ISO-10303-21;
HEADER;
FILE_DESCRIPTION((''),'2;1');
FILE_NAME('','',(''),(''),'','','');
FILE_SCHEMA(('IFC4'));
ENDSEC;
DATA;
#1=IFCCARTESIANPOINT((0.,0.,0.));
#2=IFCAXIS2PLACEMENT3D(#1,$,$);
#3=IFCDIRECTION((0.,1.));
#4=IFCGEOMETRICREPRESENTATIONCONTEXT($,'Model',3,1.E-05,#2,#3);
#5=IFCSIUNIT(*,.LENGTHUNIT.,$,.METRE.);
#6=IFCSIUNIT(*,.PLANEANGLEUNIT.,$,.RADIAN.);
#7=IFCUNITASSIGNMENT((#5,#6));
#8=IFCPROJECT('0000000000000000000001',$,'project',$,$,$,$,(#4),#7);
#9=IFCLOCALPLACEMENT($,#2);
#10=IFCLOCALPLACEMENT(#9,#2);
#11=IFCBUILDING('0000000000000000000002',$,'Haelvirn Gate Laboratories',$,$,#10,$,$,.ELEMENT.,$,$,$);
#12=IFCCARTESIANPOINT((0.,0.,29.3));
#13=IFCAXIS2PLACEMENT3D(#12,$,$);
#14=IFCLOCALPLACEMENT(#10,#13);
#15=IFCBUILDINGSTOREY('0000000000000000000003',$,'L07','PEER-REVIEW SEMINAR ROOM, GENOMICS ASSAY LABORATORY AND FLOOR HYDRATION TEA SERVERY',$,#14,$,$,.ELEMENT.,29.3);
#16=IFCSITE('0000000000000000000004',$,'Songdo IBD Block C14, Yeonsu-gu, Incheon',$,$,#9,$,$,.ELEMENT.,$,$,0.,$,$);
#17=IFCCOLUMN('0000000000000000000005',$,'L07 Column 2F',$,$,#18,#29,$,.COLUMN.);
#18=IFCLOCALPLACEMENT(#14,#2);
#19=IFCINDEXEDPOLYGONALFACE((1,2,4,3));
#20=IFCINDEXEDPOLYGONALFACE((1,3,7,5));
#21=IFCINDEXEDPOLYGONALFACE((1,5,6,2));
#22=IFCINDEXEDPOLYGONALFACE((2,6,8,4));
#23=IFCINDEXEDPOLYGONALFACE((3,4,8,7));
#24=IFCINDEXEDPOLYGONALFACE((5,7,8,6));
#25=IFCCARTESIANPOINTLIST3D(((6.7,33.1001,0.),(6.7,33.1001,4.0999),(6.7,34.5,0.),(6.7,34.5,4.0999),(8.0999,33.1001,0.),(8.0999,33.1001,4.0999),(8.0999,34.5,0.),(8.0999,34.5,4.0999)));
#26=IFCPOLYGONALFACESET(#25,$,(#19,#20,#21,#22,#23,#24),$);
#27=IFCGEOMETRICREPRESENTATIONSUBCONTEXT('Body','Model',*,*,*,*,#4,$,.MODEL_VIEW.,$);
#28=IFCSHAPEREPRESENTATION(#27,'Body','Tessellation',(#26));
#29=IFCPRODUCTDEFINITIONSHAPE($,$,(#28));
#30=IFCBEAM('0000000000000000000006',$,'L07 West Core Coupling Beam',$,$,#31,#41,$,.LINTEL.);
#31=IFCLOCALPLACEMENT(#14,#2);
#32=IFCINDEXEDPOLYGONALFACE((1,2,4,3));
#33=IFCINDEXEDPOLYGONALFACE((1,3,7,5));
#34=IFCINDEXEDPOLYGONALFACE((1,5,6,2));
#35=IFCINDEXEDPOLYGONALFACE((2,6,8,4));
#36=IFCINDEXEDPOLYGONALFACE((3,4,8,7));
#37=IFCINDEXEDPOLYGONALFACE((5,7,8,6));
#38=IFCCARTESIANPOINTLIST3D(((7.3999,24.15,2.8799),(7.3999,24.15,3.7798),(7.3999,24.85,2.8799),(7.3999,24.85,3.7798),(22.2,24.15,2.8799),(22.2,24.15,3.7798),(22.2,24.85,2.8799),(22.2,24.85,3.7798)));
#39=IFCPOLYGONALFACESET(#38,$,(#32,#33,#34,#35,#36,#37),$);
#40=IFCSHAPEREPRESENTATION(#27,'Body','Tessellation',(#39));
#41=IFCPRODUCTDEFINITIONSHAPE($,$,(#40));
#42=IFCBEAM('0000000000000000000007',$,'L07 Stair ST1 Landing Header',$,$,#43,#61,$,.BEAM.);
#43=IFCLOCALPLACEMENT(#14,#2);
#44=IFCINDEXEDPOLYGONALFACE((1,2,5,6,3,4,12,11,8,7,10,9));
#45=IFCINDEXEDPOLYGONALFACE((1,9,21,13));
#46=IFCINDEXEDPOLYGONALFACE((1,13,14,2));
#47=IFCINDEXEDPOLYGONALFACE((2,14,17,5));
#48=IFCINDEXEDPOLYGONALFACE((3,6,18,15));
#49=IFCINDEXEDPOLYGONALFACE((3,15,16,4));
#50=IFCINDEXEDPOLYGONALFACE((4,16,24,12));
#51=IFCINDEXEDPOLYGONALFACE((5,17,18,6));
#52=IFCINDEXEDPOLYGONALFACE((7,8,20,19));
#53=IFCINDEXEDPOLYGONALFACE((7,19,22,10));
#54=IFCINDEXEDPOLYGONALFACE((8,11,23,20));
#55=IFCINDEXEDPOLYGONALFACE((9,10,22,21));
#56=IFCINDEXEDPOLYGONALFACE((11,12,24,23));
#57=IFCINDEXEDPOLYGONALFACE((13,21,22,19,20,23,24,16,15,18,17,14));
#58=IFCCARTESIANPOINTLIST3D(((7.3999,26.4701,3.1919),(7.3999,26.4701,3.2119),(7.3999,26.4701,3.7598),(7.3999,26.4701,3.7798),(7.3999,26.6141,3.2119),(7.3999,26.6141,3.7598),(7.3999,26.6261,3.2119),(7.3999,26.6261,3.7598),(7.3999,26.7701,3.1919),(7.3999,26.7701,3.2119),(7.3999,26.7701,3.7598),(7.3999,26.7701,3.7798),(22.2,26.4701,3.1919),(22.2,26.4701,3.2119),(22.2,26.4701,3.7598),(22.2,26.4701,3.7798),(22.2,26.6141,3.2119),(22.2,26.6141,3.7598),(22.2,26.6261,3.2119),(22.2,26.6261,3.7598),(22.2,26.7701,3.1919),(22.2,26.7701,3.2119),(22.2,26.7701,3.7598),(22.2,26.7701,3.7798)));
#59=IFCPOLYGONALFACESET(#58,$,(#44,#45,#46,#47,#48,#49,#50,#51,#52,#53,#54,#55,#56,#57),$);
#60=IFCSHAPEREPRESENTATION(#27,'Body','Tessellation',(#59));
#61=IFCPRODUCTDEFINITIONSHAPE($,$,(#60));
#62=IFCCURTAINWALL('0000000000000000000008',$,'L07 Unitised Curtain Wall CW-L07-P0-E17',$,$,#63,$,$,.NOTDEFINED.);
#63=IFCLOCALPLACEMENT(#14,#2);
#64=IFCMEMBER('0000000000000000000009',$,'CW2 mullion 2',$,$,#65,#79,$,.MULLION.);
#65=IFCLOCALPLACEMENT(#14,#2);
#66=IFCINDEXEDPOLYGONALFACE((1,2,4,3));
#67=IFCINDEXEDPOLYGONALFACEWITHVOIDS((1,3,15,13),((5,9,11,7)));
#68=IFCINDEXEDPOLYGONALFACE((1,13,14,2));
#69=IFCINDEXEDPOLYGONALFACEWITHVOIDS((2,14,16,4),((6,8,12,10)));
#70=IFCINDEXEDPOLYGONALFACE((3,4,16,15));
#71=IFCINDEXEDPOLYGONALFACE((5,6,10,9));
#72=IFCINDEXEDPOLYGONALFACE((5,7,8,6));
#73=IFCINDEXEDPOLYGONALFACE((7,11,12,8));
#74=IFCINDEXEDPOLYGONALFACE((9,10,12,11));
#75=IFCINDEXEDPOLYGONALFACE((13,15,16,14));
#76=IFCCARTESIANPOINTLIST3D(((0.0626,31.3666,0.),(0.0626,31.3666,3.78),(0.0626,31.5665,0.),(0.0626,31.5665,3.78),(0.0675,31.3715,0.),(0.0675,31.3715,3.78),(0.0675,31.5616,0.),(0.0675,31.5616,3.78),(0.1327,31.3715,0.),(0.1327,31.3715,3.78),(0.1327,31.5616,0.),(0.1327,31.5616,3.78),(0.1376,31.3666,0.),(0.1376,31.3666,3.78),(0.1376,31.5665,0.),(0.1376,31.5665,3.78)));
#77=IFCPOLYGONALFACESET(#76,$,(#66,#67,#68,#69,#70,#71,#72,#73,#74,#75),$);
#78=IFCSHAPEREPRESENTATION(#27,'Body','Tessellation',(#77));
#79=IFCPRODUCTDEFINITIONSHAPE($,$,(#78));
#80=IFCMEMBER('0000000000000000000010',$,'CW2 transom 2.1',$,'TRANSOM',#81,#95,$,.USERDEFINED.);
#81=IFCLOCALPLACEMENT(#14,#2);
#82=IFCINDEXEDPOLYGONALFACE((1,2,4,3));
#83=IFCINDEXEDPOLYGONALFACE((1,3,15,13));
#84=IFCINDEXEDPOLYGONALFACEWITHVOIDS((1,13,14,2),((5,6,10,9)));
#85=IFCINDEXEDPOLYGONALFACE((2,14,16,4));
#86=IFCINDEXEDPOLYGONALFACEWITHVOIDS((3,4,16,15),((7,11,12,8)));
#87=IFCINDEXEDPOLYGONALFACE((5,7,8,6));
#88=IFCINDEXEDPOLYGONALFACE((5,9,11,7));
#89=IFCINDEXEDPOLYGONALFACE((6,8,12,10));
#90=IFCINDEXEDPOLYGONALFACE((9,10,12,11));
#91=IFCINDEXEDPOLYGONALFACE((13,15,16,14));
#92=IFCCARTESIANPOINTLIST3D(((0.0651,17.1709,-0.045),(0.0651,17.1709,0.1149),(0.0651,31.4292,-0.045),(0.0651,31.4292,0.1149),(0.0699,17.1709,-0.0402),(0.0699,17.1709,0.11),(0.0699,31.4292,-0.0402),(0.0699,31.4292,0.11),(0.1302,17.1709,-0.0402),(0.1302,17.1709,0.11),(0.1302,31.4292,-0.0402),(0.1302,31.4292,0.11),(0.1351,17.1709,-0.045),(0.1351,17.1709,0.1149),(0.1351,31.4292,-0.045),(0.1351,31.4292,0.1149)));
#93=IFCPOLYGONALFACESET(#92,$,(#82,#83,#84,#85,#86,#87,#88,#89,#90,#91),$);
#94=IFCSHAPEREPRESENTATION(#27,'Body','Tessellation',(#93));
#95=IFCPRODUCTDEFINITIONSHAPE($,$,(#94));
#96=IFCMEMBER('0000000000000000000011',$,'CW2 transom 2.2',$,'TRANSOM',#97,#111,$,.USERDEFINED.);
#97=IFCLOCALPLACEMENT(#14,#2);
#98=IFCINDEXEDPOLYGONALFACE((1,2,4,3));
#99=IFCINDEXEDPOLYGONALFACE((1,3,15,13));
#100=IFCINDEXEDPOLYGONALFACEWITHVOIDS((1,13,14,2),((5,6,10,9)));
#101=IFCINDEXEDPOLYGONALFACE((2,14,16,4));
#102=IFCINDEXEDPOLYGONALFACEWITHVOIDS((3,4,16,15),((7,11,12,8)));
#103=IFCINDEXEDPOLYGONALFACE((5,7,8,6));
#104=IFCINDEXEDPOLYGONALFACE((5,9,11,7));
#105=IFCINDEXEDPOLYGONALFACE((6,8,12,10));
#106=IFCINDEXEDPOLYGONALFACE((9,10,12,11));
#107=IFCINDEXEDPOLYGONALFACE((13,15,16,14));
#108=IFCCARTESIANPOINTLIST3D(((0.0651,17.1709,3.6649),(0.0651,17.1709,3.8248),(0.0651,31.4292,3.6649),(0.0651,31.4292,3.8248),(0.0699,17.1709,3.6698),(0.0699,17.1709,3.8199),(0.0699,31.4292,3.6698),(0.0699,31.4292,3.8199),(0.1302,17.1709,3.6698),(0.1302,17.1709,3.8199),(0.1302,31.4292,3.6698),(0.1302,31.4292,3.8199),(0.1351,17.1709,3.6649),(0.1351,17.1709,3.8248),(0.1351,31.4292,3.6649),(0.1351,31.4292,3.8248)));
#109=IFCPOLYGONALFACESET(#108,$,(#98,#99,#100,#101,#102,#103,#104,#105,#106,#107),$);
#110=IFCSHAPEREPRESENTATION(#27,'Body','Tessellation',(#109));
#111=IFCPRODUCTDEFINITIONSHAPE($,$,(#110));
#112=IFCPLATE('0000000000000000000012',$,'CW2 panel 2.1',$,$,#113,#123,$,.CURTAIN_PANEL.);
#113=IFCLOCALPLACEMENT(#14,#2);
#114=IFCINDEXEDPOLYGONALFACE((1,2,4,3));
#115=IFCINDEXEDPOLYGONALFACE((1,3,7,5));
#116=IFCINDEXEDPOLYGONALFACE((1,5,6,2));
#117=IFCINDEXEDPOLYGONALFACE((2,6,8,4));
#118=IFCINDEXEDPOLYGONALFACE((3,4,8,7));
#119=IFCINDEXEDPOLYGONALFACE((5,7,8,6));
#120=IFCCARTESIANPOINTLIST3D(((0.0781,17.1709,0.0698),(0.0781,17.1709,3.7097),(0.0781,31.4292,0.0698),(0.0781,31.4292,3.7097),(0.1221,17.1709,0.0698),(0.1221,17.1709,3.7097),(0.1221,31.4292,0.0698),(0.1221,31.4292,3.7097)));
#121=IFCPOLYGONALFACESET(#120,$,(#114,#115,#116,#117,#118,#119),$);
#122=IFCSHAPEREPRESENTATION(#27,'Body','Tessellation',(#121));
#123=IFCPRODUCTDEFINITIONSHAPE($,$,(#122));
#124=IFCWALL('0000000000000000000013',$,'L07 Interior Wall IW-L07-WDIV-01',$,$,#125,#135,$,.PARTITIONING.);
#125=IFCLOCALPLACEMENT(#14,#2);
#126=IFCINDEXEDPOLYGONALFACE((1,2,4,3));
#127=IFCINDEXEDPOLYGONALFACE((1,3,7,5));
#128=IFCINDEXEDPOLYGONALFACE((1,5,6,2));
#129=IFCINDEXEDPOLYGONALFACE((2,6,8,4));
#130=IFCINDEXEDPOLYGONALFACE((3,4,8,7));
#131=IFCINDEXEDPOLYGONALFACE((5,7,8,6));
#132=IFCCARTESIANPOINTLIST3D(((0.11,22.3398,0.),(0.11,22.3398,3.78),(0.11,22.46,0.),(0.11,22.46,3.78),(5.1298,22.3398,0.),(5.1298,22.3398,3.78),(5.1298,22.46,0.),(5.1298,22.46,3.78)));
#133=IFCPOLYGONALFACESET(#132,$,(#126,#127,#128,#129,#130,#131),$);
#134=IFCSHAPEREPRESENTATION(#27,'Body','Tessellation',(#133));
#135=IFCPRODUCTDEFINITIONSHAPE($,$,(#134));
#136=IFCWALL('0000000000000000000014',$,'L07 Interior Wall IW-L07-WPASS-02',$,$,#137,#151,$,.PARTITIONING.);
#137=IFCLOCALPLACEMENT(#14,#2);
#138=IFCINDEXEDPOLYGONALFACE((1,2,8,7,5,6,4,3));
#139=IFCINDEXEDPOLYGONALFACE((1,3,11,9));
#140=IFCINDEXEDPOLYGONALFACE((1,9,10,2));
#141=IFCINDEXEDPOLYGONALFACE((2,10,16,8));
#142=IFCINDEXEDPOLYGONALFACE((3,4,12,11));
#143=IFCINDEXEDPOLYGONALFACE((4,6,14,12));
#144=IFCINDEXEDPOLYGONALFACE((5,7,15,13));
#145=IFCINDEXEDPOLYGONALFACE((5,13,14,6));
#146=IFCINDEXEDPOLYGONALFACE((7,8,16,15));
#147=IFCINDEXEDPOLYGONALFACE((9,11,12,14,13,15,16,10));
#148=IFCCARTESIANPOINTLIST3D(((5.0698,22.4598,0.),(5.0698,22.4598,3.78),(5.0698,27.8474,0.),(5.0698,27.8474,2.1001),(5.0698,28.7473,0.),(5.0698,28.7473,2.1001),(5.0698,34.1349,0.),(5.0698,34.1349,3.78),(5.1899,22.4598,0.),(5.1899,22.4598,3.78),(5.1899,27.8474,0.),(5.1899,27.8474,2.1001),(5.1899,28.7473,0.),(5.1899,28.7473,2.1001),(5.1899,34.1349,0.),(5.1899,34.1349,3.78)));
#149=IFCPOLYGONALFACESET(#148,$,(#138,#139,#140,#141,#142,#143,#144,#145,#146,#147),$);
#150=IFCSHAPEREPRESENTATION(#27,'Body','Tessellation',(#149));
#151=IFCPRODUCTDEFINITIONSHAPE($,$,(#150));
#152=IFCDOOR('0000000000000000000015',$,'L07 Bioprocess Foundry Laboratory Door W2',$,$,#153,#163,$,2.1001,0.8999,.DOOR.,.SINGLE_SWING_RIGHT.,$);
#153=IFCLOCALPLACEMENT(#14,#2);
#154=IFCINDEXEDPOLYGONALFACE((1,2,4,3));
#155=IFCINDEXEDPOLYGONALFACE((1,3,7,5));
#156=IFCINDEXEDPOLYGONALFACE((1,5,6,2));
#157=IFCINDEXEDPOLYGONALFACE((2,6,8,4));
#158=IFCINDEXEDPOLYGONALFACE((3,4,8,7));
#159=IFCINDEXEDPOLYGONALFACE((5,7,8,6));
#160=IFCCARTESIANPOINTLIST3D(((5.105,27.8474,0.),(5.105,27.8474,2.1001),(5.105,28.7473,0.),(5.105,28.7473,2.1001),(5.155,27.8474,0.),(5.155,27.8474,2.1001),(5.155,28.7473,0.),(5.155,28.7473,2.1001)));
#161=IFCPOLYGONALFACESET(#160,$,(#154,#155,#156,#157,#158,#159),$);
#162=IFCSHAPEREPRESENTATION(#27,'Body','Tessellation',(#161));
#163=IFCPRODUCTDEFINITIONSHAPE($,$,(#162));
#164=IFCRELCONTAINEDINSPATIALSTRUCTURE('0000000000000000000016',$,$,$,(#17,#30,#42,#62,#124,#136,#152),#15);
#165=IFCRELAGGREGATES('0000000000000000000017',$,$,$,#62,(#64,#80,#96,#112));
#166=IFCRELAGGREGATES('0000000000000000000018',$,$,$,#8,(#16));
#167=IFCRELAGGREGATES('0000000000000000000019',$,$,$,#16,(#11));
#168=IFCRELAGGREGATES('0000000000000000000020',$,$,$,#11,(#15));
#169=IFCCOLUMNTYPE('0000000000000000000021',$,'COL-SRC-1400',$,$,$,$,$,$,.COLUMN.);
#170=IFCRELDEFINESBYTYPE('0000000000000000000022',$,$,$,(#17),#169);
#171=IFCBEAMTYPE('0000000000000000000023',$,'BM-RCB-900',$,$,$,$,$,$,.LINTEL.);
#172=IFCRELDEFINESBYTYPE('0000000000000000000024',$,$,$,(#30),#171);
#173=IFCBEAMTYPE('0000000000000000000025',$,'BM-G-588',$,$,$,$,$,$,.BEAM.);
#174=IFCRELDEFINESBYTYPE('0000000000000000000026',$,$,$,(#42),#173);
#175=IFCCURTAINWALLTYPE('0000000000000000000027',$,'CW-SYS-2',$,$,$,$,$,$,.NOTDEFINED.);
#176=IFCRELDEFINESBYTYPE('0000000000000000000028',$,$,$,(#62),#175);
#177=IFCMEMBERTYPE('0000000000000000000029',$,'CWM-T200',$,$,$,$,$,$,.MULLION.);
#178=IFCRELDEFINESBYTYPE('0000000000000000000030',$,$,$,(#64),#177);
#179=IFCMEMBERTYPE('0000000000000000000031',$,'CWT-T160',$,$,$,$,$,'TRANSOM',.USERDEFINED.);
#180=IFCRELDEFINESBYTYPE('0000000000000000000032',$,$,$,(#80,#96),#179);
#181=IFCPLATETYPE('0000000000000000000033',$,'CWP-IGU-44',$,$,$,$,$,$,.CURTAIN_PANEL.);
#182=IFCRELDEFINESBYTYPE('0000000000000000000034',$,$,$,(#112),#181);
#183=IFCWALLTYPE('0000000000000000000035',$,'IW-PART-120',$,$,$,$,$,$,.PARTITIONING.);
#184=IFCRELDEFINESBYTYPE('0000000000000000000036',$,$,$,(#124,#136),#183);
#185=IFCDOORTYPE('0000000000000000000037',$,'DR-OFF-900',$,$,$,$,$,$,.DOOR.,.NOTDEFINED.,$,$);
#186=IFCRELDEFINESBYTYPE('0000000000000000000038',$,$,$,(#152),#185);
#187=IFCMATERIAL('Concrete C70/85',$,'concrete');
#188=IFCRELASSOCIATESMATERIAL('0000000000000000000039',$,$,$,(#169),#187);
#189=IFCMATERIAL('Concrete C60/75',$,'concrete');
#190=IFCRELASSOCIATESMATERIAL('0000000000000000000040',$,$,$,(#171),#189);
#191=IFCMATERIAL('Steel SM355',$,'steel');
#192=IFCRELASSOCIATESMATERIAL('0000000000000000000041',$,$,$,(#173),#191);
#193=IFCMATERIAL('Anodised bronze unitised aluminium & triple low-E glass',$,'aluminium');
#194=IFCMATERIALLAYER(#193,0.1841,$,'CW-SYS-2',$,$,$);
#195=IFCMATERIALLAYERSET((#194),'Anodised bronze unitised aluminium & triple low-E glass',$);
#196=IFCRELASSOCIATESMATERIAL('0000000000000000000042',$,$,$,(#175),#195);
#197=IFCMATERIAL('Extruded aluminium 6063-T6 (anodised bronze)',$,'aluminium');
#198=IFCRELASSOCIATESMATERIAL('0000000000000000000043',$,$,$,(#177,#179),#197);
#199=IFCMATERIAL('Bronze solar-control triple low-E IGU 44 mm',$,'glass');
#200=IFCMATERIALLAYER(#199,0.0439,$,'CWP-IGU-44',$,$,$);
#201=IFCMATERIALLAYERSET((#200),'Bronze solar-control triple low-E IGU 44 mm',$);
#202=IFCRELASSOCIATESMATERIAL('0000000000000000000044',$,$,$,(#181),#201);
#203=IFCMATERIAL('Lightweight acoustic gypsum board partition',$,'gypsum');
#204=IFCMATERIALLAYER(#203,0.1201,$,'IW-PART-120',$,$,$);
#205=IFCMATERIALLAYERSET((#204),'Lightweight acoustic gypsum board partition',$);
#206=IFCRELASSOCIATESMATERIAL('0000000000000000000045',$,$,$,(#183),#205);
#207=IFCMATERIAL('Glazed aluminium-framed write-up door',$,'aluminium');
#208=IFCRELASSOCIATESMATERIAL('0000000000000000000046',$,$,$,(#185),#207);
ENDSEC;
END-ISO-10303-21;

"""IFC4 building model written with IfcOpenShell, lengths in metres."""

from ifc_helpers import new_model, si_unit, direction, frame, frame_2d, origin, origin_2d, place, context, subcontext, project, spatial, rectangle, hollow_rectangle, i_section, extrude, source, transform, mapped, material, layer, layer_set, material_profile, profile_set, type_object, type_shapes, element, fill, aggregate, save


model = new_model("IFC4")

# Units and contexts
model_context = context("Model", 3, precision=1e-05, world=origin(), true_north=direction((0.0, 1.0)))
body_context = subcontext(model_context, "Body", "Model", "MODEL_VIEW")
ifc_project = project(units=[si_unit("LENGTHUNIT", "METRE"), si_unit("PLANEANGLEUNIT", "RADIAN")], contexts=[model_context])

# Site, building, storey
site_placement = place(None, origin())
site = spatial("IfcSite", under=ifc_project, at=site_placement, Name="Songdo IBD Block C14, Yeonsu-gu, Incheon", CompositionType="ELEMENT", RefElevation=0.0)
building_placement = place(site_placement, origin())
building = spatial("IfcBuilding", under=site, at=building_placement, Name="Haelvirn Gate Laboratories", CompositionType="ELEMENT")
storey_placement = place(building_placement, frame((0.0, 0.0, 29.3)))
storey = spatial("IfcBuildingStorey", under=building, at=storey_placement, Name="L07", Description="PEER-REVIEW SEMINAR ROOM, GENOMICS ASSAY LABORATORY AND FLOOR HYDRATION TEA SERVERY", CompositionType="ELEMENT", Elevation=29.3)

# Column
ifc_material_1 = material(Name="Concrete C70/85", Category="concrete")
ifc_material_profile_1 = material_profile(ifc_material_1, rectangle(XDim=1.3999, YDim=1.3999, at=origin_2d()), Name="SRC-1400x1400")
ifc_profile_set_1 = profile_set([ifc_material_profile_1], Name="Concrete C70/85")
column_type = type_object("IfcColumnType", Name="COL-SRC-1400", PredefinedType="COLUMN", material=ifc_profile_set_1)
shared_shape_1 = source(origin(), body_context, "Body", "SweptSolid", [
    extrude(rectangle(XDim=1.3999, YDim=1.3999, at=origin_2d()), origin(), (0.0, 0.0, 1.0), 4.0999),
])
type_shapes(column_type, [shared_shape_1])
column_placement = place(storey_placement, frame((7.3999, 33.8, 0.0), z_axis=(0.0, 0.0, 1.0), x_axis=(1.0, 0.0, 0.0)))
element("IfcColumn", 1, at=column_placement, inside=storey, type_object=column_type, Name="L07 Column 2F", PredefinedType="COLUMN", context=body_context, shape_type="MappedRepresentation", body=[
    mapped(shared_shape_1, transform((0.0, 0.0, 0.0), scale=1.0)),
])

# Beams
ifc_material_2 = material(Name="Concrete C60/75", Category="concrete")
ifc_material_profile_2 = material_profile(ifc_material_2, rectangle(XDim=0.7, YDim=0.8999, at=origin_2d()), Name="RCB-700x900")
ifc_profile_set_2 = profile_set([ifc_material_profile_2], Name="Concrete C60/75")
beam_type_1 = type_object("IfcBeamType", Name="BM-RCB-900", PredefinedType="LINTEL", material=ifc_profile_set_2)
shared_shape_2 = source(origin(), body_context, "Body", "SweptSolid", [
    extrude(rectangle(XDim=0.7, YDim=0.8999, at=origin_2d()), origin(), (0.0, 0.0, 1.0), 14.8),
])
type_shapes(beam_type_1, [shared_shape_2])
beam_1_placement = place(storey_placement, frame((7.3999, 24.5, 3.3298), z_axis=(1.0, 0.0, 0.0), x_axis=(0.0, 1.0, 0.0)))
element("IfcBeam", 2, at=beam_1_placement, inside=storey, type_object=beam_type_1, Name="L07 West Core Coupling Beam", PredefinedType="LINTEL", context=body_context, shape_type="MappedRepresentation", body=[
    mapped(shared_shape_2, transform((0.0, 0.0, 0.0), scale=1.0)),
])
ifc_material_3 = material(Name="Steel SM355", Category="steel")
ifc_material_profile_3 = material_profile(ifc_material_3, i_section(OverallWidth=0.3, OverallDepth=0.5879, WebThickness=0.012, FlangeThickness=0.02, at=origin_2d()), Name="H-588x300x12x20")
ifc_profile_set_3 = profile_set([ifc_material_profile_3], Name="Steel SM355")
beam_type_2 = type_object("IfcBeamType", Name="BM-G-588", PredefinedType="BEAM", material=ifc_profile_set_3)
shared_shape_3 = source(origin(), body_context, "Body", "SweptSolid", [
    extrude(i_section(OverallWidth=0.3, OverallDepth=0.5879, WebThickness=0.012, FlangeThickness=0.02, at=origin_2d()), origin(), (0.0, 0.0, 1.0), 14.8),
])
type_shapes(beam_type_2, [shared_shape_3])
beam_2_placement = place(storey_placement, frame((7.3999, 26.6201, 3.4858), z_axis=(1.0, 0.0, 0.0), x_axis=(0.0, 1.0, 0.0)))
element("IfcBeam", 3, at=beam_2_placement, inside=storey, type_object=beam_type_2, Name="L07 Stair ST1 Landing Header", PredefinedType="BEAM", context=body_context, shape_type="MappedRepresentation", body=[
    mapped(shared_shape_3, transform((0.0, 0.0, 0.0), scale=1.0)),
])

# Curtain wall, members, plate
ifc_material_4 = material(Name="Anodised bronze unitised aluminium & triple low-E glass", Category="aluminium")
ifc_layer_1 = layer(ifc_material_4, 0.1841, Name="CW-SYS-2")
ifc_layer_set_1 = layer_set([ifc_layer_1], Name="Anodised bronze unitised aluminium & triple low-E glass")
curtain_wall_type = type_object("IfcCurtainWallType", Name="CW-SYS-2", PredefinedType="NOTDEFINED", material=ifc_layer_set_1)
curtain_wall_placement = place(storey_placement, origin())
curtain_wall = element("IfcCurtainWall", 4, at=curtain_wall_placement, inside=storey, type_object=curtain_wall_type, Name="L07 Unitised Curtain Wall CW-L07-P0-E17", PredefinedType="NOTDEFINED")
ifc_material_5 = material(Name="Extruded aluminium 6063-T6 (anodised bronze)", Category="aluminium")
ifc_material_profile_4 = material_profile(ifc_material_5, hollow_rectangle(XDim=0.075, YDim=0.2, WallThickness=0.0049, at=origin_2d()), Name="CWM-200x75x5")
ifc_profile_set_4 = profile_set([ifc_material_profile_4], Name="Extruded aluminium 6063-T6 (anodised bronze)")
member_type_1 = type_object("IfcMemberType", Name="CWM-T200", PredefinedType="MULLION", material=ifc_profile_set_4)
shared_shape_4 = source(origin(), body_context, "Body", "SweptSolid", [
    extrude(hollow_rectangle(XDim=0.075, YDim=0.2, WallThickness=0.0049, at=origin_2d()), origin(), (0.0, 0.0, 1.0), 3.78),
])
type_shapes(member_type_1, [shared_shape_4])
member_1_placement = place(storey_placement, frame((0.1001, 31.4666, 0.0), z_axis=(0.0, 0.0, 1.0), x_axis=(1.0, 0.0, 0.0)))
member_1 = element("IfcMember", 5, at=member_1_placement, type_object=member_type_1, Name="CW2 mullion 2", PredefinedType="MULLION", context=body_context, shape_type="MappedRepresentation", body=[
    mapped(shared_shape_4, transform((0.0, 0.0, 0.0), scale=1.0)),
])
ifc_material_profile_5 = material_profile(ifc_material_5, hollow_rectangle(XDim=0.0701, YDim=0.1599, WallThickness=0.0049, at=origin_2d()), Name="CWT-160x70x5")
ifc_profile_set_5 = profile_set([ifc_material_profile_5], Name="Extruded aluminium 6063-T6 (anodised bronze)")
member_type_2 = type_object("IfcMemberType", Name="CWT-T160", ElementType="TRANSOM", PredefinedType="USERDEFINED", material=ifc_profile_set_5)
shared_shape_5 = source(origin(), body_context, "Body", "SweptSolid", [
    extrude(hollow_rectangle(XDim=0.0701, YDim=0.1599, WallThickness=0.0049, at=origin_2d()), origin(), (0.0, 0.0, 1.0), 14.2583),
])
type_shapes(member_type_2, [shared_shape_5])
member_2_placement = place(storey_placement, frame((0.1001, 31.4292, 0.0349), z_axis=(0.0, -1.0, 0.0), x_axis=(1.0, 0.0, 0.0)))
member_2 = element("IfcMember", 6, at=member_2_placement, type_object=member_type_2, Name="CW2 transom 2.1", ObjectType="TRANSOM", PredefinedType="USERDEFINED", context=body_context, shape_type="MappedRepresentation", body=[
    mapped(shared_shape_5, transform((0.0, 0.0, 0.0), scale=1.0)),
])
member_3_placement = place(storey_placement, frame((0.1001, 31.4292, 3.7449), z_axis=(0.0, -1.0, 0.0), x_axis=(1.0, 0.0, 0.0)))
member_3 = element("IfcMember", 7, at=member_3_placement, type_object=member_type_2, Name="CW2 transom 2.2", ObjectType="TRANSOM", PredefinedType="USERDEFINED", context=body_context, shape_type="MappedRepresentation", body=[
    mapped(shared_shape_5, transform((0.0, 0.0, 0.0), scale=1.0)),
])
ifc_material_6 = material(Name="Bronze solar-control triple low-E IGU 44 mm", Category="glass")
ifc_layer_2 = layer(ifc_material_6, 0.0439, Name="CWP-IGU-44")
ifc_layer_set_2 = layer_set([ifc_layer_2], Name="Bronze solar-control triple low-E IGU 44 mm")
plate_type = type_object("IfcPlateType", Name="CWP-IGU-44", PredefinedType="CURTAIN_PANEL", material=ifc_layer_set_2)
shared_shape_6 = source(origin(), body_context, "Body", "SweptSolid", [
    extrude(rectangle(XDim=14.2583, YDim=0.0439, at=origin_2d()), origin(), (0.0, 0.0, 1.0), 3.6399),
])
type_shapes(plate_type, [shared_shape_6])
plate_placement = place(storey_placement, frame((0.1001, 24.3, 0.0698), z_axis=(0.0, 0.0, 1.0), x_axis=(0.0, -1.0, 0.0)))
plate = element("IfcPlate", 8, at=plate_placement, type_object=plate_type, Name="CW2 panel 2.1", PredefinedType="CURTAIN_PANEL", context=body_context, shape_type="MappedRepresentation", body=[
    mapped(shared_shape_6, transform((0.0, 0.0, 0.0), scale=1.0)),
])
aggregate(curtain_wall, [member_1, member_2, member_3, plate])

# Wall
ifc_material_7 = material(Name="Lightweight acoustic gypsum board partition", Category="gypsum")
ifc_layer_3 = layer(ifc_material_7, 0.1201, Name="IW-PART-120")
ifc_layer_set_3 = layer_set([ifc_layer_3], Name="Lightweight acoustic gypsum board partition")
wall_type_1 = type_object("IfcWallType", Name="IW-PART-120", PredefinedType="PARTITIONING", material=ifc_layer_set_3)
wall_1_placement = place(storey_placement, frame((0.1101, 22.3999, 0.0), z_axis=(0.0, 0.0, 1.0), x_axis=(1.0, 0.0, 0.0)))
element("IfcWall", 9, at=wall_1_placement, inside=storey, type_object=wall_type_1, Name="L07 Interior Wall IW-L07-WDIV-01", PredefinedType="PARTITIONING", context=body_context, shape_type="SweptSolid", body=[
    extrude(rectangle(XDim=5.0198, YDim=0.1201, at=frame_2d((2.5098, 0.0))), origin(), (0.0, 0.0, 1.0), 3.78),
])

# Wall, opening, door
wall_2_placement = place(storey_placement, frame((5.1299, 22.46, 0.0), z_axis=(0.0, 0.0, 1.0), x_axis=(0.0, 1.0, 0.0)))
wall_2 = element("IfcWall", 10, at=wall_2_placement, inside=storey, type_object=wall_type_1, Name="L07 Interior Wall IW-L07-WPASS-02", PredefinedType="PARTITIONING", context=body_context, shape_type="SweptSolid", body=[
    extrude(rectangle(XDim=11.675, YDim=0.1201, at=frame_2d((5.8374, 0.0))), origin(), (0.0, 0.0, 1.0), 3.78),
])
opening_1_placement = place(wall_2_placement, frame((5.3875, 0.0, 0.0)))
opening_1 = element("IfcOpeningElement", 11, at=opening_1_placement, cuts=wall_2, PredefinedType="OPENING", context=body_context, shape_type="SweptSolid", body=[
    extrude(rectangle(XDim=0.8999, YDim=2.1001, at=frame_2d((0.45, 1.05))), frame((0.0, 0.0701, 0.0), z_axis=(0.0, -1.0, 0.0), x_axis=(1.0, 0.0, 0.0)), (0.0, 0.0, 1.0), 0.1401),
])
ifc_material_8 = material(Name="Glazed aluminium-framed write-up door", Category="aluminium")
door_type_1 = type_object("IfcDoorType", Name="DR-OFF-900", OperationType="NOTDEFINED", PredefinedType="DOOR", material=ifc_material_8)
shared_shape_7 = source(origin(), body_context, "Body", "SweptSolid", [
    extrude(rectangle(XDim=0.8999, YDim=2.1001, at=frame_2d((0.45, 1.05))), frame((0.0, 0.0249, 0.0), z_axis=(0.0, -1.0, 0.0), x_axis=(1.0, 0.0, 0.0)), (0.0, 0.0, 1.0), 0.05),
])
type_shapes(door_type_1, [shared_shape_7])
door_1_placement = place(opening_1_placement, origin())
door_1 = element("IfcDoor", 12, at=door_1_placement, inside=storey, type_object=door_type_1, Name="L07 Bioprocess Foundry Laboratory Door W2", OperationType="SINGLE_SWING_RIGHT", OverallHeight=2.1001, OverallWidth=0.8999, PredefinedType="DOOR", context=body_context, shape_type="MappedRepresentation", body=[
    mapped(shared_shape_7, transform((0.0, 0.0, 0.0), scale=1.0)),
])
fill(opening_1, door_1)

save(model, "model.ifc")
